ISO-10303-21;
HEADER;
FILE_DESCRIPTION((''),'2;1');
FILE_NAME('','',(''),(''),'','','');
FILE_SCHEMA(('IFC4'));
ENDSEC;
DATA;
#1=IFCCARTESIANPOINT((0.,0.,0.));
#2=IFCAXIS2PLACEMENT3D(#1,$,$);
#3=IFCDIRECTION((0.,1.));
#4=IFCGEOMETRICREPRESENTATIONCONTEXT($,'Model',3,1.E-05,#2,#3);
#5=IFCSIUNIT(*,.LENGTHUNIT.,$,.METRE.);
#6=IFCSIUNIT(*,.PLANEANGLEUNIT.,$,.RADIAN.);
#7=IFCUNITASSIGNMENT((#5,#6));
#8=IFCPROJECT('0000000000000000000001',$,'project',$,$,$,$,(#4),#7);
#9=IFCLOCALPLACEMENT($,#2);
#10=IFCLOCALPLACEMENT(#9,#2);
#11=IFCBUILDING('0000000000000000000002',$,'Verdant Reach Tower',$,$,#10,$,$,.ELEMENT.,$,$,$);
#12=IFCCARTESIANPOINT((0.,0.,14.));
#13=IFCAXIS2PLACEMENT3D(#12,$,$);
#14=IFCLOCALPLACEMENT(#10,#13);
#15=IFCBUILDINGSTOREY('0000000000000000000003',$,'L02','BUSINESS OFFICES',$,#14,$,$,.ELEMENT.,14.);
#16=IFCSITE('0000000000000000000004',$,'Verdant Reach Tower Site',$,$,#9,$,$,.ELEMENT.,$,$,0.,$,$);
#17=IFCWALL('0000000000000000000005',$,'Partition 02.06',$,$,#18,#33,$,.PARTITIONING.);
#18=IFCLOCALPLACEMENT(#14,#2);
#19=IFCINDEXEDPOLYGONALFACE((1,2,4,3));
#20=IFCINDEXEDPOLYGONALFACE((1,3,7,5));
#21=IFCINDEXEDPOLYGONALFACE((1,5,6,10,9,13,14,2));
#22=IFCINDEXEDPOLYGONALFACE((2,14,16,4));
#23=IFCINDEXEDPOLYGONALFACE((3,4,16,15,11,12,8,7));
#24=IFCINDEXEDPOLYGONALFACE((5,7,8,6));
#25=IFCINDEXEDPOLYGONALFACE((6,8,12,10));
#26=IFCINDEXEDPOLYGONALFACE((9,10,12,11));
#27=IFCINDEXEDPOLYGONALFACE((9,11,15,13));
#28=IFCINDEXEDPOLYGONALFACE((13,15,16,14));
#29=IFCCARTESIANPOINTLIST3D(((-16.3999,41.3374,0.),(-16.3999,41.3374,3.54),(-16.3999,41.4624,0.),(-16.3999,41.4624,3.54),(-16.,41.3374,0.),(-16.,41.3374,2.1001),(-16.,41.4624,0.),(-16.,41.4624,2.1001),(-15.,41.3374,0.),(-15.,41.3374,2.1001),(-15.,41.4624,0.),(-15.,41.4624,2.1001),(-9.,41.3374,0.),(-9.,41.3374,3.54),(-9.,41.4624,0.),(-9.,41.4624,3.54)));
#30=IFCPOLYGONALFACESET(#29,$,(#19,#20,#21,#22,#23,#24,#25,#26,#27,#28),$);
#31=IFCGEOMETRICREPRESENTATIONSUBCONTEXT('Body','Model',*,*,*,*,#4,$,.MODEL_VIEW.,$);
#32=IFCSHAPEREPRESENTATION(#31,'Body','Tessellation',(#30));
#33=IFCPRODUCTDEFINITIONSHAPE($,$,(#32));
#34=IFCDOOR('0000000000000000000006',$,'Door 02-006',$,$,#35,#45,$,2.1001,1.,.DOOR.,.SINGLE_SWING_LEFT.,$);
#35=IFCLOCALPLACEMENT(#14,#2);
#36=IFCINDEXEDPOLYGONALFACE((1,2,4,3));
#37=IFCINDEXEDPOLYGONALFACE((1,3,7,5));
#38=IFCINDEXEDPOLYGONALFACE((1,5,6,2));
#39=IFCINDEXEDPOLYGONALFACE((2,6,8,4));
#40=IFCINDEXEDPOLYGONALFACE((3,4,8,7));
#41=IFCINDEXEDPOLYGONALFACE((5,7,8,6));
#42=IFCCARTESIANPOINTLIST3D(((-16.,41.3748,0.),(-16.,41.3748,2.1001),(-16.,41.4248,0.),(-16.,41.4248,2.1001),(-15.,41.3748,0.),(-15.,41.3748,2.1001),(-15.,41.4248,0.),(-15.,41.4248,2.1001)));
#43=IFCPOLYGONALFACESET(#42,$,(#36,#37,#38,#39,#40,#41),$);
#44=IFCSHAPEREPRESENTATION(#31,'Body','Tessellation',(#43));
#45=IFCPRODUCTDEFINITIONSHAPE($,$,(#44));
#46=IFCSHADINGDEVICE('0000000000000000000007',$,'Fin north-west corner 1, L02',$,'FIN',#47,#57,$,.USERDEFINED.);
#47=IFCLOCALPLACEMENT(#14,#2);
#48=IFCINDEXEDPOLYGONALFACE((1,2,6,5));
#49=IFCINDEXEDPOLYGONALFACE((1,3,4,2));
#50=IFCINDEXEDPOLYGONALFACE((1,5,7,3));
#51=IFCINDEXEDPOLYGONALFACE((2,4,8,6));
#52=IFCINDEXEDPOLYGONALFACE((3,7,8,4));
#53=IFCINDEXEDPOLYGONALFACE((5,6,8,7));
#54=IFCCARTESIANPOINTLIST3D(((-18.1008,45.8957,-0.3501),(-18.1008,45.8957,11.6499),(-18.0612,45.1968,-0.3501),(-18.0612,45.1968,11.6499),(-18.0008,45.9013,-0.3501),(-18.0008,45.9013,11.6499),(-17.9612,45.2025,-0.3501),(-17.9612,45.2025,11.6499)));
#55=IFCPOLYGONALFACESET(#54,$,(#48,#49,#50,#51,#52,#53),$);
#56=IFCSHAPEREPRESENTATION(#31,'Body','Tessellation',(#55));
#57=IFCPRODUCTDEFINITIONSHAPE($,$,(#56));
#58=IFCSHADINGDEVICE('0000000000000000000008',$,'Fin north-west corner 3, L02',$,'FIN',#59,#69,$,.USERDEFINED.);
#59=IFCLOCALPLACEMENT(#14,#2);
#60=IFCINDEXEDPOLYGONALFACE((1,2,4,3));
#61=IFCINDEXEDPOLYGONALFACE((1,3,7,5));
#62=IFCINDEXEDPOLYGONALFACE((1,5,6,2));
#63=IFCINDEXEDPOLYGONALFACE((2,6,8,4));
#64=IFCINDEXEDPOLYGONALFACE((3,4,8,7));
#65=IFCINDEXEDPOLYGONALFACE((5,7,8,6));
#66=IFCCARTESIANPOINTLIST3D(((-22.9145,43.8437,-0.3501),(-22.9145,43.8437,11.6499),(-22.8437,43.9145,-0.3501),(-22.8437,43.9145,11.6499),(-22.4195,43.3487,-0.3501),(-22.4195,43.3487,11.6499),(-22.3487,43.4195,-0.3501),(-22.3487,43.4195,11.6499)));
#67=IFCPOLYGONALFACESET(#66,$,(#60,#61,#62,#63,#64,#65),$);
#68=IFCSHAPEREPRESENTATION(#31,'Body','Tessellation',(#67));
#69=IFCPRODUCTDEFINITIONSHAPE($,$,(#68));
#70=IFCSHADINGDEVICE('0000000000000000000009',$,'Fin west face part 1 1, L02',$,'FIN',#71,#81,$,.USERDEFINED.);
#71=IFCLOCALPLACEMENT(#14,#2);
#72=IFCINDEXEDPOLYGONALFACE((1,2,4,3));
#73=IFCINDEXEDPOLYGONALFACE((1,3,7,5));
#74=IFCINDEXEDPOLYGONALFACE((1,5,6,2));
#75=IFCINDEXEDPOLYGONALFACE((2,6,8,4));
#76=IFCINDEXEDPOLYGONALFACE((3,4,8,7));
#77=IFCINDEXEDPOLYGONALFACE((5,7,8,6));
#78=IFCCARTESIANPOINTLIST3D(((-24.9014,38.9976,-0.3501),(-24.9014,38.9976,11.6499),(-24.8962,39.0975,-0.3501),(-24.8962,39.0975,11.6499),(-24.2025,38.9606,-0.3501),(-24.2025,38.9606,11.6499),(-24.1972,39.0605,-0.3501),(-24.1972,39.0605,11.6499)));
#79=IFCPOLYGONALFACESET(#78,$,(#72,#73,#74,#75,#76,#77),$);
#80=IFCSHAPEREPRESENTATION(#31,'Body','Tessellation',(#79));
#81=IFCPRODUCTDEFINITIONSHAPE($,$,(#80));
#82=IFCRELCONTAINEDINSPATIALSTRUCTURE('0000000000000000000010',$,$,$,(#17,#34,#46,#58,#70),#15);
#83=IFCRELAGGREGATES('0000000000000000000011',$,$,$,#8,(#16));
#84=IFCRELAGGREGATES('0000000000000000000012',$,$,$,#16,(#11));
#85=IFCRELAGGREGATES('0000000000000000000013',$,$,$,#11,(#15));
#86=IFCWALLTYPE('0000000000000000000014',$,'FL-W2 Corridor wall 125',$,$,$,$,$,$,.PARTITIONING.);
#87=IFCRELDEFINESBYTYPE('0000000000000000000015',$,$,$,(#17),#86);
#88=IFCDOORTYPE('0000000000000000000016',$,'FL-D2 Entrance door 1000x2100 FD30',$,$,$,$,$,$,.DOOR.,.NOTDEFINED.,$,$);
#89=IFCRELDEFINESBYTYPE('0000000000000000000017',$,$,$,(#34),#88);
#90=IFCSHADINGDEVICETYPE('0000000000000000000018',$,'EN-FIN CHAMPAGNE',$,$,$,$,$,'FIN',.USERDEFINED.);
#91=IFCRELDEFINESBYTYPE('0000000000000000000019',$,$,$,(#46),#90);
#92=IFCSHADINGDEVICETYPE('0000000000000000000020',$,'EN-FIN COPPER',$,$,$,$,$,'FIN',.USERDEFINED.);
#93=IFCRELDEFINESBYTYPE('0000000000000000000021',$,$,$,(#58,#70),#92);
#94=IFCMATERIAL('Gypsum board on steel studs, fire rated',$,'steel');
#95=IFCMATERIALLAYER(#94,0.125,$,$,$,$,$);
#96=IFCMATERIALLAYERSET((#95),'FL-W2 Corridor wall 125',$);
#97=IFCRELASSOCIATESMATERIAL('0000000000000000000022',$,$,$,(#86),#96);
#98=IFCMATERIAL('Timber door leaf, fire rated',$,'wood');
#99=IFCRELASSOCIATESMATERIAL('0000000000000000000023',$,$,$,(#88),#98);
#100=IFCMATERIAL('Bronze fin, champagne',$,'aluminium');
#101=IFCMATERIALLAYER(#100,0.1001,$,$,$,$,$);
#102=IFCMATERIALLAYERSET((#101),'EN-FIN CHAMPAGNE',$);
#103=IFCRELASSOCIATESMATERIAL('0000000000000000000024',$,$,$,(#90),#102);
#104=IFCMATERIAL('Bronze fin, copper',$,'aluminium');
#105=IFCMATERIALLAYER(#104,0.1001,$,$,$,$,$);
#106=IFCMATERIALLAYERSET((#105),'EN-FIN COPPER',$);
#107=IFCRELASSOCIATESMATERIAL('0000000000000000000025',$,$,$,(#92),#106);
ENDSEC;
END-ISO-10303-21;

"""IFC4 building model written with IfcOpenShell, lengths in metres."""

from ifc_helpers import new_model, si_unit, direction, frame, frame_2d, origin, origin_2d, place, context, subcontext, project, spatial, rectangle, extrude, material, layer, layer_set, type_object, element, fill, save


model = new_model("IFC4")

# Units and contexts
model_context = context("Model", 3, precision=1e-05, world=origin(), true_north=direction((0.0, 1.0)))
body_context = subcontext(model_context, "Body", "Model", "MODEL_VIEW")
ifc_project = project(units=[si_unit("LENGTHUNIT", "METRE"), si_unit("PLANEANGLEUNIT", "RADIAN")], contexts=[model_context])

# Site, building, storey
site_placement = place(None, origin())
site = spatial("IfcSite", under=ifc_project, at=site_placement, Name="Verdant Reach Tower Site", CompositionType="ELEMENT", RefElevation=0.0)
building_placement = place(site_placement, origin())
building = spatial("IfcBuilding", under=site, at=building_placement, Name="Verdant Reach Tower", CompositionType="ELEMENT")
storey_placement = place(building_placement, frame((0.0, 0.0, 14.0)))
storey = spatial("IfcBuildingStorey", under=building, at=storey_placement, Name="L02", Description="BUSINESS OFFICES", CompositionType="ELEMENT", Elevation=14.0)

# Wall, opening, door
ifc_material_1 = material(Name="Gypsum board on steel studs, fire rated", Category="steel")
ifc_layer_1 = layer(ifc_material_1, 0.125)
ifc_layer_set_1 = layer_set([ifc_layer_1], Name="FL-W2 Corridor wall 125")
wall_type_1 = type_object("IfcWallType", Name="FL-W2 Corridor wall 125", PredefinedType="PARTITIONING", material=ifc_layer_set_1)
wall_1_placement = place(storey_placement, frame((-16.3999, 41.3999, 0.0), z_axis=(0.0, 0.0, 1.0), x_axis=(1.0, 0.0, 0.0)))
wall_1 = element("IfcWall", 1, at=wall_1_placement, inside=storey, type_object=wall_type_1, Name="Partition 02.06", PredefinedType="PARTITIONING", context=body_context, shape_type="SweptSolid", body=[
    extrude(rectangle(XDim=7.3999, YDim=0.125, at=frame_2d((3.7, 0.0))), origin(), (0.0, 0.0, 1.0), 3.54),
])
opening_placement = place(wall_1_placement, frame((0.3999, 0.0, 0.0)))
opening = element("IfcOpeningElement", 2, at=opening_placement, cuts=wall_1, PredefinedType="OPENING", context=body_context, shape_type="SweptSolid", body=[
    extrude(rectangle(XDim=1.0, YDim=2.1001, at=frame_2d((0.5, 1.05))), frame((0.0, 0.0725, 0.0), z_axis=(0.0, -1.0, 0.0), x_axis=(1.0, 0.0, 0.0)), (0.0, 0.0, 1.0), 0.145),
])
ifc_material_2 = material(Name="Timber door leaf, fire rated", Category="wood")
door_type = type_object("IfcDoorType", Name="FL-D2 Entrance door 1000x2100 FD30", OperationType="NOTDEFINED", PredefinedType="DOOR", material=ifc_material_2)
door_placement = place(opening_placement, origin())
door = element("IfcDoor", 3, at=door_placement, inside=storey, type_object=door_type, Name="Door 02-006", OperationType="SINGLE_SWING_LEFT", OverallHeight=2.1001, OverallWidth=1.0, PredefinedType="DOOR", context=body_context, shape_type="SweptSolid", body=[
    extrude(rectangle(XDim=1.0, YDim=2.1001, at=frame_2d((0.5, 1.05))), frame((0.0, 0.0249, 0.0), z_axis=(0.0, -1.0, 0.0), x_axis=(1.0, 0.0, 0.0)), (0.0, 0.0, 1.0), 0.05),
])
fill(opening, door)

# Shading devices
ifc_material_3 = material(Name="Bronze fin, champagne", Category="aluminium")
ifc_layer_2 = layer(ifc_material_3, 0.1001)
ifc_layer_set_2 = layer_set([ifc_layer_2], Name="EN-FIN CHAMPAGNE")
shading_device_type_1 = type_object("IfcShadingDeviceType", Name="EN-FIN CHAMPAGNE", ElementType="FIN", PredefinedType="USERDEFINED", material=ifc_layer_set_2)
shading_device_placement = place(storey_placement, frame((-18.031, 45.5491, -0.3501), z_axis=(0.0, 0.0, 1.0), x_axis=(-0.998399, -0.056569, 0.0)))
element("IfcShadingDevice", 4, at=shading_device_placement, inside=storey, type_object=shading_device_type_1, Name="Fin north-west corner 1, L02", ObjectType="FIN", PredefinedType="USERDEFINED", context=body_context, shape_type="SweptSolid", body=[
    extrude(rectangle(XDim=0.1001, YDim=0.7, at=origin_2d()), origin(), (0.0, 0.0, 1.0), 12.0),
])
ifc_material_4 = material(Name="Bronze fin, copper", Category="aluminium")
ifc_layer_3 = layer(ifc_material_4, 0.1001)
ifc_layer_set_3 = layer_set([ifc_layer_3], Name="EN-FIN COPPER")
shading_device_type_2 = type_object("IfcShadingDeviceType", Name="EN-FIN COPPER", ElementType="FIN", PredefinedType="USERDEFINED", material=ifc_layer_set_3)
for number, where, z_axis, x_axis, name in (
    (5, (-22.6316, 43.6316, -0.3501), (0.0, 0.0, 1.0), (-0.707107, -0.707107, 0.0), "Fin north-west corner 3, L02"),
    (6, (-24.5493, 39.0291, -0.3501), (0.0, 0.0, 1.0), (-0.052815, -0.998604, 0.0), "Fin west face part 1 1, L02"),
):
    element("IfcShadingDevice", number, at=place(storey_placement, frame(where, z_axis=z_axis, x_axis=x_axis)), inside=storey, type_object=shading_device_type_2, Name=name, ObjectType="FIN", PredefinedType="USERDEFINED", context=body_context, shape_type="SweptSolid", body=[
        extrude(rectangle(XDim=0.1001, YDim=0.7, at=origin_2d()), origin(), (0.0, 0.0, 1.0), 12.0),
    ])

save(model, "model.ifc")
